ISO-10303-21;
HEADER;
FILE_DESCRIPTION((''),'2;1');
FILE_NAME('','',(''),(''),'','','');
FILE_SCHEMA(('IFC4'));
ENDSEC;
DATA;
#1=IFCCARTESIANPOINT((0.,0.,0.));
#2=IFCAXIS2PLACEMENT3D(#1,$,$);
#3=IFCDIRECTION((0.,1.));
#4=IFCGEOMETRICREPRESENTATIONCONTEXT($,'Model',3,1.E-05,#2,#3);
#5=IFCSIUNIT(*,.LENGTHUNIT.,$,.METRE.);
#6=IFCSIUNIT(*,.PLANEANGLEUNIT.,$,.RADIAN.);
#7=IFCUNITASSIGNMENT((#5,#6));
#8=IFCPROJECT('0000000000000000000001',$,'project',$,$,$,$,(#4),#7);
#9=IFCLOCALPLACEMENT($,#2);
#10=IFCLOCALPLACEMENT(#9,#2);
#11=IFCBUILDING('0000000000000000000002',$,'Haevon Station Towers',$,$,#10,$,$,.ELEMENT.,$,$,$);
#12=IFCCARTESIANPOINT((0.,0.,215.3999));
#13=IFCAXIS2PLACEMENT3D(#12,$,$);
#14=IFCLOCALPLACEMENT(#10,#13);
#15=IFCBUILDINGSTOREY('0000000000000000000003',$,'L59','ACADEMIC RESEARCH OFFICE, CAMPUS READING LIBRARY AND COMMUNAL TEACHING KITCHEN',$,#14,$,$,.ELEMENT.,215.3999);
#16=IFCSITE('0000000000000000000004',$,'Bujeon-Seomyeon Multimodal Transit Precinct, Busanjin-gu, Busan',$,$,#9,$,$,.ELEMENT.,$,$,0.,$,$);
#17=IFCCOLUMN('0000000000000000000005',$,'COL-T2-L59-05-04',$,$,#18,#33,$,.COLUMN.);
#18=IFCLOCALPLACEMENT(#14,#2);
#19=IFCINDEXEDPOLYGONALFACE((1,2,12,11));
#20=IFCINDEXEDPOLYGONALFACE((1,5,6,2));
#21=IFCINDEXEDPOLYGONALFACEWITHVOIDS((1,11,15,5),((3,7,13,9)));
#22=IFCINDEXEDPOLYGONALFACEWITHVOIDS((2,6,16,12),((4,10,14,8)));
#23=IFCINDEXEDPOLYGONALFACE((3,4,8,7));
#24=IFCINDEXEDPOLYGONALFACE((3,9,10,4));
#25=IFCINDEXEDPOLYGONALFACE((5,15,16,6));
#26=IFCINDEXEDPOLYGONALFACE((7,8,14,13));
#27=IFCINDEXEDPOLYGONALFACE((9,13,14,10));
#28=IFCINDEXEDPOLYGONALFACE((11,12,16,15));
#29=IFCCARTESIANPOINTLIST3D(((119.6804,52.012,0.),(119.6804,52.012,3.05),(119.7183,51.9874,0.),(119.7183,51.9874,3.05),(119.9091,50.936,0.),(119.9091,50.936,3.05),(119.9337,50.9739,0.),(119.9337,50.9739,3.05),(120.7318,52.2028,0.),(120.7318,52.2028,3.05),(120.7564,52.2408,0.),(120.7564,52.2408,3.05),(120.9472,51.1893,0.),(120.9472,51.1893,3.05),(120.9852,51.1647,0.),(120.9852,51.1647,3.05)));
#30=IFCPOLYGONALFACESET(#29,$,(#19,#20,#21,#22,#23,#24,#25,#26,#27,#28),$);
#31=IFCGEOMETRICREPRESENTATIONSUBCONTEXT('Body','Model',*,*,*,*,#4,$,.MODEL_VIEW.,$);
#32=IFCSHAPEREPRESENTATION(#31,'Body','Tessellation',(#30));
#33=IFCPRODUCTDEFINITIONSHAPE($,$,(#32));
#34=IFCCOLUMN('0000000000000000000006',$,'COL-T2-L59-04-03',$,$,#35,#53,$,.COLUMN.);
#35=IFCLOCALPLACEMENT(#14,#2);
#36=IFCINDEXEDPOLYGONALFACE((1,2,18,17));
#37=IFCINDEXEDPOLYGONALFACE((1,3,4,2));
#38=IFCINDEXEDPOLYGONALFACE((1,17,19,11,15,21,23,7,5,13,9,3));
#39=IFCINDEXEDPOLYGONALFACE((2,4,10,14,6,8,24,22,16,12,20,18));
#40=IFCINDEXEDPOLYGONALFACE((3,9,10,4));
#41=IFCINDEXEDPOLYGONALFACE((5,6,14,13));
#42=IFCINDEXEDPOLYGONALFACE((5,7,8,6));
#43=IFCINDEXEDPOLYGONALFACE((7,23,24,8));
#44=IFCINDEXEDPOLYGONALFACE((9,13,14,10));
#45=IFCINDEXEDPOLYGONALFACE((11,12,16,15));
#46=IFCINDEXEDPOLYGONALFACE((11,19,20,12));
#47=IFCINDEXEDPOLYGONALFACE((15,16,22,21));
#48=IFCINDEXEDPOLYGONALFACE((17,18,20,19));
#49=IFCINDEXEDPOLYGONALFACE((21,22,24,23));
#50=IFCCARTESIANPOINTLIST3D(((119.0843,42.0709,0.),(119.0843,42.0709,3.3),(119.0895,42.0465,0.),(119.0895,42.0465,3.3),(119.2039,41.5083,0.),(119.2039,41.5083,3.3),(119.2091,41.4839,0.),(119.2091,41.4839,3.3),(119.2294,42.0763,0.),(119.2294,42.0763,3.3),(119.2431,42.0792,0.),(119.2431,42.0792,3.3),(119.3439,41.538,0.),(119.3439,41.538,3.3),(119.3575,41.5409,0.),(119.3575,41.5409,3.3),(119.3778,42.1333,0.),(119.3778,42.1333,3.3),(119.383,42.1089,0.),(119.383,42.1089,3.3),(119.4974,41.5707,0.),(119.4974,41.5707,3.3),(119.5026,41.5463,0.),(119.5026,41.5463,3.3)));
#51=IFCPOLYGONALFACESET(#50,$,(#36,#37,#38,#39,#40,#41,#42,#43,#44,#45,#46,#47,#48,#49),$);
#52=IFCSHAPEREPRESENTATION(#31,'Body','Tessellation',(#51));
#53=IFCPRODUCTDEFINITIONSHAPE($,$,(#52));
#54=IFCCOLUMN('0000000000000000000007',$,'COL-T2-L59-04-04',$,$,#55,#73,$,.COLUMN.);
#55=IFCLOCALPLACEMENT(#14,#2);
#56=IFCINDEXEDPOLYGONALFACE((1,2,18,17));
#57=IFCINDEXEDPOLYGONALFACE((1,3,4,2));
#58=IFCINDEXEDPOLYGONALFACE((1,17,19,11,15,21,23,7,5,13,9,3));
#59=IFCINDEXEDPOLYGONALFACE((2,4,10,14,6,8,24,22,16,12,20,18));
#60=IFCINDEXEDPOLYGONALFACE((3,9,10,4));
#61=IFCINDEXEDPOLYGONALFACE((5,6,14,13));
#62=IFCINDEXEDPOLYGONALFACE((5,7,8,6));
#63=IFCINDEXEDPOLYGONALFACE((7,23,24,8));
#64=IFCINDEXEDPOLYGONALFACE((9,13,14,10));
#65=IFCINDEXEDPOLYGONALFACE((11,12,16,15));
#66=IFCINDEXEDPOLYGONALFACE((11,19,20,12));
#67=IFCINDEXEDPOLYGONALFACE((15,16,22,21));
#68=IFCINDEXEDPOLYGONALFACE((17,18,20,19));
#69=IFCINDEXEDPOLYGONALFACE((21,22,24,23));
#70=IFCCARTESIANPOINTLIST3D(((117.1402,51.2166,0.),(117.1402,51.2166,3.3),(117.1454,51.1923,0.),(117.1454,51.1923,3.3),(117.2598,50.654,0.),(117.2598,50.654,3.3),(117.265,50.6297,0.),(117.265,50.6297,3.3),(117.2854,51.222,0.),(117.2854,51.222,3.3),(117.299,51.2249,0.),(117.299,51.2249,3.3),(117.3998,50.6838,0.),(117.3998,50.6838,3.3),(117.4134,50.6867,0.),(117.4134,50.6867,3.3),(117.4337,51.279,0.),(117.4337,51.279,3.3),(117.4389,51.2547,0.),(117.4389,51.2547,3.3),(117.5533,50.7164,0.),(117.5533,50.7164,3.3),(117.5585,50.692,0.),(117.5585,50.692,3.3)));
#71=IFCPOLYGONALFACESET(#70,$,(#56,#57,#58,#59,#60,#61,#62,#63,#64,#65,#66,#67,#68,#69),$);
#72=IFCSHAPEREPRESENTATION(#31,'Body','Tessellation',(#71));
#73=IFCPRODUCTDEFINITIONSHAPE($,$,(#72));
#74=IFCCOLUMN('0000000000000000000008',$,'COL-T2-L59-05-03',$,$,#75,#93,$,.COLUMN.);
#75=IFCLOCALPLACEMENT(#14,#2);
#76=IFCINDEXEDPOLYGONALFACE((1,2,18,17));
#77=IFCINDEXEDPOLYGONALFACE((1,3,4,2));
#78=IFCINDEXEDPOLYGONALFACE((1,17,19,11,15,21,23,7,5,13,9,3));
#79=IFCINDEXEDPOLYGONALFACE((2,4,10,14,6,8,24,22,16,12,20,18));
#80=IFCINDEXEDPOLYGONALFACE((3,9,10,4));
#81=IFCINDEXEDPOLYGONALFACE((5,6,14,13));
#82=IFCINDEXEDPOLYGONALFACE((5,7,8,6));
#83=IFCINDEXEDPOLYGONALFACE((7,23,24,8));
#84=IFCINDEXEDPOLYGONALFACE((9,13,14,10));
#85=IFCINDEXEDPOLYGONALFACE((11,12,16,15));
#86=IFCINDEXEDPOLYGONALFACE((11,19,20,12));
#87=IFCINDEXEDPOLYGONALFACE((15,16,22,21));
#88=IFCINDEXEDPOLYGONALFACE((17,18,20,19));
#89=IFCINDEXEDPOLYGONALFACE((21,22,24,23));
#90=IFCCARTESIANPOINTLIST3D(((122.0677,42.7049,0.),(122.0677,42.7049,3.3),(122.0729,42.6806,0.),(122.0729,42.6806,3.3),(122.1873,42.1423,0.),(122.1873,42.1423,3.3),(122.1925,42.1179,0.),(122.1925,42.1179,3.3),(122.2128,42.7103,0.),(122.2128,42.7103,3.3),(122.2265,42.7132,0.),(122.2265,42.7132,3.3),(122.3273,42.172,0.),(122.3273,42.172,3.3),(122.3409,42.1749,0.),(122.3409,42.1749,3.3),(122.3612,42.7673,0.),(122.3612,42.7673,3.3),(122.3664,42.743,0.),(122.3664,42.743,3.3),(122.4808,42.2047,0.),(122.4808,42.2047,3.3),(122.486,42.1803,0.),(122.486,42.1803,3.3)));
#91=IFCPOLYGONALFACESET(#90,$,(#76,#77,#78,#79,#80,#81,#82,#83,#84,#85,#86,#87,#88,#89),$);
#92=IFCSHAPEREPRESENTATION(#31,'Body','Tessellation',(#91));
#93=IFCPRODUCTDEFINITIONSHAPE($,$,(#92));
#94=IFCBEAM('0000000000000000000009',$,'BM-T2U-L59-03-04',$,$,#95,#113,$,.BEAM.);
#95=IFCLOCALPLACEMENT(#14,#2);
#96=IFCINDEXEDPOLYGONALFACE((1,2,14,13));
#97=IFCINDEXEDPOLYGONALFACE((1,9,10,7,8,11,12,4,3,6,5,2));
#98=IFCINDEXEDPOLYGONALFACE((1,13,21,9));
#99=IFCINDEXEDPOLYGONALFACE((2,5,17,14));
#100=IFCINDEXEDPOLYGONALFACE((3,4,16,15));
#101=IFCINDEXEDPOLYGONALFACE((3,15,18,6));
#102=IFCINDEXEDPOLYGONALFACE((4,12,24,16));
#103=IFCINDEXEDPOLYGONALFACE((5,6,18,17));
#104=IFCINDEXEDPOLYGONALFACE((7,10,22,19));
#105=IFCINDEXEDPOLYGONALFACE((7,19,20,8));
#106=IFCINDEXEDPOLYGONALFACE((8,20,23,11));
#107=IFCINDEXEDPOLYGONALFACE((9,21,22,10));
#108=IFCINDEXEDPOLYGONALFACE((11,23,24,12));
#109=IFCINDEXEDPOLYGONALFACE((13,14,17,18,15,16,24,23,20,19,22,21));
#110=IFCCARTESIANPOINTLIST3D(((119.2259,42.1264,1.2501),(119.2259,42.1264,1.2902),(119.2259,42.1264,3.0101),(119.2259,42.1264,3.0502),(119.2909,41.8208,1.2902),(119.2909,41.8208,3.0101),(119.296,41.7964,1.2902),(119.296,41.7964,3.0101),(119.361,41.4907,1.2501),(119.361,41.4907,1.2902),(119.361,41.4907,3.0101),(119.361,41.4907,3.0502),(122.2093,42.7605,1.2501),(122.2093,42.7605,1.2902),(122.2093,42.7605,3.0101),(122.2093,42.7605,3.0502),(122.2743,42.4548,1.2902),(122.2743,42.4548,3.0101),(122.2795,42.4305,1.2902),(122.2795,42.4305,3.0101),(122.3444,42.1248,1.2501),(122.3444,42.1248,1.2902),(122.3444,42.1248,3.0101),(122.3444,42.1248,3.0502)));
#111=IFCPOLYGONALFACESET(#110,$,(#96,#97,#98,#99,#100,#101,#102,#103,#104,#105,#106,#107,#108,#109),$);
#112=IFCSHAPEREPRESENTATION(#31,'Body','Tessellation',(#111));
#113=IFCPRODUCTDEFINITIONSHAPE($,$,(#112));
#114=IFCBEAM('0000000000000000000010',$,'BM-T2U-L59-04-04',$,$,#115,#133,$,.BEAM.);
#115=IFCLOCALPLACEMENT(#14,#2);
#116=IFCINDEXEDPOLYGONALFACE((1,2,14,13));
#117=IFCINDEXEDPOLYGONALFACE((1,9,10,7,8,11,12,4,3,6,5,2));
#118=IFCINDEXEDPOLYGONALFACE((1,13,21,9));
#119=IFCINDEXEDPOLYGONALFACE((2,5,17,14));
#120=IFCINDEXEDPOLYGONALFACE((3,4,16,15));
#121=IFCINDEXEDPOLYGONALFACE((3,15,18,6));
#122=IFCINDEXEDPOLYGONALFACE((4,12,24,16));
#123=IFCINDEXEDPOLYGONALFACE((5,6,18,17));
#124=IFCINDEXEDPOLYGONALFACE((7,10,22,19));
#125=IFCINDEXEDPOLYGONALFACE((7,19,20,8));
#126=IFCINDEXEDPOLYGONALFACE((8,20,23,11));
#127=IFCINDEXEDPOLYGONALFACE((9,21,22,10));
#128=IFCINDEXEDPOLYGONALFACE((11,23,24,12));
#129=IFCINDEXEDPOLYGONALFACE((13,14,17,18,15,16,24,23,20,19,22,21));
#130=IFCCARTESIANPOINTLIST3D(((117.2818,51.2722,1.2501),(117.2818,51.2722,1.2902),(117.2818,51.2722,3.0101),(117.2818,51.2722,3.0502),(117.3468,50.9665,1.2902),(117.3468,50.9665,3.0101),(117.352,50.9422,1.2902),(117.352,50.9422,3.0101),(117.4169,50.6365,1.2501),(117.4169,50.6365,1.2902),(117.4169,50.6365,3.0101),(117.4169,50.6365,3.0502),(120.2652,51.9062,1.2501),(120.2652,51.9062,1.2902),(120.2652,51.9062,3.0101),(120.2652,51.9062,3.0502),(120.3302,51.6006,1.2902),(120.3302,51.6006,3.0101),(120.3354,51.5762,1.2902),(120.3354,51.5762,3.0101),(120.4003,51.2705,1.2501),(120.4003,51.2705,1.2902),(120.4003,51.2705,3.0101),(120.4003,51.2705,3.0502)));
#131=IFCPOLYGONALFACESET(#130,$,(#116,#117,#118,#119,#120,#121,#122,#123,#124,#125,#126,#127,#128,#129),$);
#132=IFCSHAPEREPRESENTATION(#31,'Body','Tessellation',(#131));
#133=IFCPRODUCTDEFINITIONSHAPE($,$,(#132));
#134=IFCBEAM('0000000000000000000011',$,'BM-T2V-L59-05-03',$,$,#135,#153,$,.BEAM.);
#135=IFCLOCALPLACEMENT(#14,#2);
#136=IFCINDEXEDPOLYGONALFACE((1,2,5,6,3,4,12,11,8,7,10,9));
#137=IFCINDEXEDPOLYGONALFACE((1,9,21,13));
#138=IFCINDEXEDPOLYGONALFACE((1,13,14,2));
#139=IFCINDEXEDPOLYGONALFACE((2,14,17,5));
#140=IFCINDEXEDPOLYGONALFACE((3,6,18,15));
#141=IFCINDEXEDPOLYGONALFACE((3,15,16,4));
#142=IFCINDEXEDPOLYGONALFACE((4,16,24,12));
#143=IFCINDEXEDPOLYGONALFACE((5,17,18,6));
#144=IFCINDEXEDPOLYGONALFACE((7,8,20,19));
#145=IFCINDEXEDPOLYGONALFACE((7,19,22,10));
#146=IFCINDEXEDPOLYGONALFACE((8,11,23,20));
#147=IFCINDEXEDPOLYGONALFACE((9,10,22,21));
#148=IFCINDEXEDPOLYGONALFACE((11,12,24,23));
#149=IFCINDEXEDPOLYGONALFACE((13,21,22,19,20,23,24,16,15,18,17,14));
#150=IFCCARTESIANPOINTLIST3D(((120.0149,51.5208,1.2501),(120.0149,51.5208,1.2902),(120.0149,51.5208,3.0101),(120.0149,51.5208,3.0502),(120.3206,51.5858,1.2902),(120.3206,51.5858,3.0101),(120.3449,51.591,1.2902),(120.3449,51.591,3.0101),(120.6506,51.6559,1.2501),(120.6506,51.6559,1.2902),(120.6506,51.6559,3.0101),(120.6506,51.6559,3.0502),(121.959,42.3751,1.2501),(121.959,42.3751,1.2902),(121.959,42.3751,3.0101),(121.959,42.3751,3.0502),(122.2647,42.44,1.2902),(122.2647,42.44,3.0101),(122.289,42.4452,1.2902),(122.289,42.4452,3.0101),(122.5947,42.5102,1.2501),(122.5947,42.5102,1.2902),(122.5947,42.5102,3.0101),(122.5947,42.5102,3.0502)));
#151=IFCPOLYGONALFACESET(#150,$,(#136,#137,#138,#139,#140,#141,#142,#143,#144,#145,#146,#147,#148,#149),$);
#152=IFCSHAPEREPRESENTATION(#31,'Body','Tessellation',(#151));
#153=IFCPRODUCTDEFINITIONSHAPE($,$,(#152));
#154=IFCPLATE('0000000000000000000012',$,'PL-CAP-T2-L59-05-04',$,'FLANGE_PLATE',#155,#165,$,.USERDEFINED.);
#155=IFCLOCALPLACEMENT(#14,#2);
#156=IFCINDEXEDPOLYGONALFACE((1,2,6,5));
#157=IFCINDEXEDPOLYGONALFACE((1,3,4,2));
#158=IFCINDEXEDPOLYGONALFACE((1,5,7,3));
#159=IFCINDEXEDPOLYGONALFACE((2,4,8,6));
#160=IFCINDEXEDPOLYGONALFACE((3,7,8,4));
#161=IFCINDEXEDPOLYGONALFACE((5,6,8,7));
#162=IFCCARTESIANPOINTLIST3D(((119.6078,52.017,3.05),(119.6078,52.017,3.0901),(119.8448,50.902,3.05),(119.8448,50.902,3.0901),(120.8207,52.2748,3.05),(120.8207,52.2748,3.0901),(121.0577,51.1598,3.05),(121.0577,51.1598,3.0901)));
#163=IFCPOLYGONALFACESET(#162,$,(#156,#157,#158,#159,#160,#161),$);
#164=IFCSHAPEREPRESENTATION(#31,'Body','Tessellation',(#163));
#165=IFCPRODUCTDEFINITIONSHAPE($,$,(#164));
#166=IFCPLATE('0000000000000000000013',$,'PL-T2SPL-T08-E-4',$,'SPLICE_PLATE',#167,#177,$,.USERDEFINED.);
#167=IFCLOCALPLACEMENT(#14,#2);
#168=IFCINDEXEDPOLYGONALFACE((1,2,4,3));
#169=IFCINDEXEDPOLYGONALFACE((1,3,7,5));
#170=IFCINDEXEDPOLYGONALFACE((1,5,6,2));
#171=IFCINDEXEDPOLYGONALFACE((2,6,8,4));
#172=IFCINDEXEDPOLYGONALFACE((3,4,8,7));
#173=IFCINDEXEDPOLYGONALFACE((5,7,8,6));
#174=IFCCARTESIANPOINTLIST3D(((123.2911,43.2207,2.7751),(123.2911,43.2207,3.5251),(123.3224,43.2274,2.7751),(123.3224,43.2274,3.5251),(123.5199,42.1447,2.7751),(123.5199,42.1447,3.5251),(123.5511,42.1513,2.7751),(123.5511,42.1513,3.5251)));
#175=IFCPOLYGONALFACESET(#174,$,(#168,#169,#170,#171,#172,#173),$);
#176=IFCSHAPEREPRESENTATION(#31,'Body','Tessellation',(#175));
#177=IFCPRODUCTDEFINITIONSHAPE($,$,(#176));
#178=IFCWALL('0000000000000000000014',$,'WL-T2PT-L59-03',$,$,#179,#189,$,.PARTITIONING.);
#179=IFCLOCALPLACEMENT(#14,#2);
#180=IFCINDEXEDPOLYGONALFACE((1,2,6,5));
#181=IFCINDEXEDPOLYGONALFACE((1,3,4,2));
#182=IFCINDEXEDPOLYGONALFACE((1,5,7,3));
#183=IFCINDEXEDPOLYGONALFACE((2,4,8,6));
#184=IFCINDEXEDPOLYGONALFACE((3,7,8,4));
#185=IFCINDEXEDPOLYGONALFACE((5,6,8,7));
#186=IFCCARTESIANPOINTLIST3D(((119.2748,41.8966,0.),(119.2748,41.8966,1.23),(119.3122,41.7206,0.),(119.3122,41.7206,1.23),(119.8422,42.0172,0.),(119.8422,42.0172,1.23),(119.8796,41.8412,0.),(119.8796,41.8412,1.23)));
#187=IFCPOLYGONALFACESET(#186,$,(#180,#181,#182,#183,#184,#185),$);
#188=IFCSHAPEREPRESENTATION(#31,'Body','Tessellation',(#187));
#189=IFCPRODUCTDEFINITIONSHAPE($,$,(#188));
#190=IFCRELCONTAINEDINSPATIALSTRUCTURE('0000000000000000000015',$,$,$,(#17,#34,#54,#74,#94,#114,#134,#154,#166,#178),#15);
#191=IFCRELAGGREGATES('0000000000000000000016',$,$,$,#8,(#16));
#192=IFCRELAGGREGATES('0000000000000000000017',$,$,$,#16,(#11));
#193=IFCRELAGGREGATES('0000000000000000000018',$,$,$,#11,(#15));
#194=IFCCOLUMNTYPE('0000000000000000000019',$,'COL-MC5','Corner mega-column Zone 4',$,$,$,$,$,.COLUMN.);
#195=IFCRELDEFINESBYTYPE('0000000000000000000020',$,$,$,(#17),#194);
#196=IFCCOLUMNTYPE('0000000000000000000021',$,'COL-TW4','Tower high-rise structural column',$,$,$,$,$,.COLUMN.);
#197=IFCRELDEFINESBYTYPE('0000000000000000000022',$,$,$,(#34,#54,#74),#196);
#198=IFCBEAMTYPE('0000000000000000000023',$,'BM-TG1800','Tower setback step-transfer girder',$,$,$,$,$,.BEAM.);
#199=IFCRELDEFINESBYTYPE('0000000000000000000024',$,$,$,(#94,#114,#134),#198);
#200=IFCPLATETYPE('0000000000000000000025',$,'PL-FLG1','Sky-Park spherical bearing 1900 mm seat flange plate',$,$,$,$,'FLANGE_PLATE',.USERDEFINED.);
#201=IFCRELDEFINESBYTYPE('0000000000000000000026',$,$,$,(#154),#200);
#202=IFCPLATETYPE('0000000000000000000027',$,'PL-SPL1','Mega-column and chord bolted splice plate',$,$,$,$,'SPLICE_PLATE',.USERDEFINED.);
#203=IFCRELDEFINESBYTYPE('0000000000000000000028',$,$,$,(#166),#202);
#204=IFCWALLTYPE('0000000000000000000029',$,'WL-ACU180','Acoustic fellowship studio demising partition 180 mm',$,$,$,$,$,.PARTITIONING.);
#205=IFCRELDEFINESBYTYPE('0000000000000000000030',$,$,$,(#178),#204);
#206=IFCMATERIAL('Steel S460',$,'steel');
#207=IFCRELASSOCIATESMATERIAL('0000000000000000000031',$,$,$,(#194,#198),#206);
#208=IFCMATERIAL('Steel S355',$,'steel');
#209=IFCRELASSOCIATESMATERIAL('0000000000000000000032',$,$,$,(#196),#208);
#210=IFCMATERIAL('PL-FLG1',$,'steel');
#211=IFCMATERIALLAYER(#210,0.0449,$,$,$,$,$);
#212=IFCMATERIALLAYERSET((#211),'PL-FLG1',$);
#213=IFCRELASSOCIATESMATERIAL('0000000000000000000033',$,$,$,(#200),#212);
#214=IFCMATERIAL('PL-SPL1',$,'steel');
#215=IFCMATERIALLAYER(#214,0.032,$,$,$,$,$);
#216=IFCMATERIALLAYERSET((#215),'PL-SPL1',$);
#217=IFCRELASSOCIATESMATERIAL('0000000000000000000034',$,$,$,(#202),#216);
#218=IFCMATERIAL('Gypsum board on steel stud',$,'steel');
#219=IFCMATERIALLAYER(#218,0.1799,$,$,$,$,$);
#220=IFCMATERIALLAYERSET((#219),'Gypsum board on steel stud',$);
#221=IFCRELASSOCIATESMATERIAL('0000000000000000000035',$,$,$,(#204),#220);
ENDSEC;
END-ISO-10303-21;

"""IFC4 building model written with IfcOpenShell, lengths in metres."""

from ifc_helpers import new_model, si_unit, direction, frame, frame_2d, origin, origin_2d, place, context, subcontext, project, spatial, rectangle, hollow_rectangle, i_section, extrude, material, layer, layer_set, material_profile, profile_set, type_object, element, save


model = new_model("IFC4")

# Units and contexts
model_context = context("Model", 3, precision=1e-05, world=origin(), true_north=direction((0.0, 1.0)))
body_context = subcontext(model_context, "Body", "Model", "MODEL_VIEW")
ifc_project = project(units=[si_unit("LENGTHUNIT", "METRE"), si_unit("PLANEANGLEUNIT", "RADIAN")], contexts=[model_context])

# Site, building, storey
site_placement = place(None, origin())
site = spatial("IfcSite", under=ifc_project, at=site_placement, Name="Bujeon-Seomyeon Multimodal Transit Precinct, Busanjin-gu, Busan", CompositionType="ELEMENT", RefElevation=0.0)
building_placement = place(site_placement, origin())
building = spatial("IfcBuilding", under=site, at=building_placement, Name="Haevon Station Towers", CompositionType="ELEMENT")
storey_placement = place(building_placement, frame((0.0, 0.0, 215.3999)))
storey = spatial("IfcBuildingStorey", under=building, at=storey_placement, Name="L59", Description="ACADEMIC RESEARCH OFFICE, CAMPUS READING LIBRARY AND COMMUNAL TEACHING KITCHEN", CompositionType="ELEMENT", Elevation=215.3999)

# Columns
ifc_material_1 = material(Name="Steel S460", Category="steel")
ifc_material_profile_1 = material_profile(ifc_material_1, hollow_rectangle(XDim=1.1001, YDim=1.1001, WallThickness=0.032, at=origin_2d()), Name="BOX-1100x1100x32")
ifc_profile_set_1 = profile_set([ifc_material_profile_1], Name="Steel S460")
column_type_1 = type_object("IfcColumnType", Name="COL-MC5", Description="Corner mega-column Zone 4", PredefinedType="COLUMN", material=ifc_profile_set_1)
column_placement = place(storey_placement, frame((120.3328, 51.5884, 0.0), z_axis=(0.0, 0.0, 1.0), x_axis=(0.978148, 0.207912, 0.0)))
element("IfcColumn", 1, at=column_placement, inside=storey, type_object=column_type_1, Name="COL-T2-L59-05-04", PredefinedType="COLUMN", context=body_context, shape_type="SweptSolid", body=[
    extrude(hollow_rectangle(XDim=1.1001, YDim=1.1001, WallThickness=0.032, at=origin_2d()), origin(), (0.0, 0.0, 1.0), 3.05),
])
ifc_material_2 = material(Name="Steel S355", Category="steel")
ifc_material_profile_2 = material_profile(ifc_material_2, i_section(OverallWidth=0.3, OverallDepth=0.6001, WebThickness=0.0139, FlangeThickness=0.0249, at=origin_2d()), Name="H-600x300x14x25")
ifc_profile_set_2 = profile_set([ifc_material_profile_2], Name="Steel S355")
column_type_2 = type_object("IfcColumnType", Name="COL-TW4", Description="Tower high-rise structural column", PredefinedType="COLUMN", material=ifc_profile_set_2)
for number, where, z_axis, x_axis, name in (
    (2, (119.2935, 41.8086, 0.0), (0.0, 0.0, 1.0), (0.978148, 0.207912, 0.0), "COL-T2-L59-04-03"),
    (3, (117.3494, 50.9543, 0.0), (0.0, 0.0, 1.0), (0.978148, 0.207912, 0.0), "COL-T2-L59-04-04"),
    (4, (122.2769, 42.4426, 0.0), (0.0, 0.0, 1.0), (0.978148, 0.207912, 0.0), "COL-T2-L59-05-03"),
):
    element("IfcColumn", number, at=place(storey_placement, frame(where, z_axis=z_axis, x_axis=x_axis)), inside=storey, type_object=column_type_2, Name=name, PredefinedType="COLUMN", context=body_context, shape_type="SweptSolid", body=[
        extrude(i_section(OverallWidth=0.3, OverallDepth=0.6001, WebThickness=0.0139, FlangeThickness=0.0249, at=origin_2d()), origin(), (0.0, 0.0, 1.0), 3.3),
    ])

# Beams
ifc_material_profile_3 = material_profile(ifc_material_1, i_section(OverallWidth=0.6499, OverallDepth=1.8, WebThickness=0.0249, FlangeThickness=0.04, at=origin_2d()), Name="H-1800x650x25x40")
ifc_profile_set_3 = profile_set([ifc_material_profile_3], Name="Steel S460")
beam_type = type_object("IfcBeamType", Name="BM-TG1800", Description="Tower setback step-transfer girder", PredefinedType="BEAM", material=ifc_profile_set_3)
for number, where, z_axis, x_axis, name in (
    (5, (119.2935, 41.8086, 2.1501), (0.978155, 0.207878, 0.0), (-0.207878, 0.978155, 0.0), "BM-T2U-L59-03-04"),
    (6, (117.3494, 50.9543, 2.1501), (0.978155, 0.207878, 0.0), (-0.207878, 0.978155, 0.0), "BM-T2U-L59-04-04"),
):
    element("IfcBeam", number, at=place(storey_placement, frame(where, z_axis=z_axis, x_axis=x_axis)), inside=storey, type_object=beam_type, Name=name, PredefinedType="BEAM", context=body_context, shape_type="SweptSolid", body=[
        extrude(i_section(OverallWidth=0.6499, OverallDepth=1.8, WebThickness=0.0249, FlangeThickness=0.04, at=origin_2d()), origin(), (0.0, 0.0, 1.0), 3.05),
    ])
beam_placement = place(storey_placement, frame((122.2769, 42.4426, 2.1501), z_axis=(-0.207922, 0.978145, 0.0), x_axis=(-0.978145, -0.207922, 0.0)))
element("IfcBeam", 7, at=beam_placement, inside=storey, type_object=beam_type, Name="BM-T2V-L59-05-03", PredefinedType="BEAM", context=body_context, shape_type="SweptSolid", body=[
    extrude(i_section(OverallWidth=0.6499, OverallDepth=1.8, WebThickness=0.0249, FlangeThickness=0.04, at=origin_2d()), origin(), (0.0, 0.0, 1.0), 9.3501),
])

# Plates
ifc_material_3 = material(Name="PL-FLG1", Category="steel")
ifc_layer_1 = layer(ifc_material_3, 0.0449)
ifc_layer_set_1 = layer_set([ifc_layer_1], Name="PL-FLG1")
plate_type_1 = type_object("IfcPlateType", Name="PL-FLG1", Description="Sky-Park spherical bearing 1900 mm seat flange plate", ElementType="FLANGE_PLATE", PredefinedType="USERDEFINED", material=ifc_layer_set_1)
plate_1_placement = place(storey_placement, frame((120.3328, 51.5884, 3.05), z_axis=(0.0, 0.0, 1.0), x_axis=(0.978148, 0.207912, 0.0)))
element("IfcPlate", 8, at=plate_1_placement, inside=storey, type_object=plate_type_1, Name="PL-CAP-T2-L59-05-04", ObjectType="FLANGE_PLATE", PredefinedType="USERDEFINED", context=body_context, shape_type="SweptSolid", body=[
    extrude(rectangle(XDim=1.24, YDim=1.1399, at=origin_2d()), origin(), (0.0, 0.0, 1.0), 0.04),
])
ifc_material_4 = material(Name="PL-SPL1", Category="steel")
ifc_layer_2 = layer(ifc_material_4, 0.032)
ifc_layer_set_2 = layer_set([ifc_layer_2], Name="PL-SPL1")
plate_type_2 = type_object("IfcPlateType", Name="PL-SPL1", Description="Mega-column and chord bolted splice plate", ElementType="SPLICE_PLATE", PredefinedType="USERDEFINED", material=ifc_layer_set_2)
plate_2_placement = place(storey_placement, frame((123.4211, 42.686, 2.7751), z_axis=(0.0, 0.0, 1.0), x_axis=(-0.207912, 0.978148, 0.0)))
element("IfcPlate", 9, at=plate_2_placement, inside=storey, type_object=plate_type_2, Name="PL-T2SPL-T08-E-4", ObjectType="SPLICE_PLATE", PredefinedType="USERDEFINED", context=body_context, shape_type="SweptSolid", body=[
    extrude(rectangle(XDim=1.1001, YDim=0.032, at=origin_2d()), origin(), (0.0, 0.0, 1.0), 0.75),
])

# Wall
ifc_material_5 = material(Name="Gypsum board on steel stud", Category="steel")
ifc_layer_3 = layer(ifc_material_5, 0.1799)
ifc_layer_set_3 = layer_set([ifc_layer_3], Name="Gypsum board on steel stud")
wall_type_1 = type_object("IfcWallType", Name="WL-ACU180", Description="Acoustic fellowship studio demising partition 180 mm", PredefinedType="PARTITIONING", material=ifc_layer_set_3)
wall_1_placement = place(storey_placement, frame((119.2935, 41.8086, 0.0), z_axis=(0.0, 0.0, 1.0), x_axis=(0.978146, 0.207919, 0.0)))
element("IfcWall", 10, at=wall_1_placement, inside=storey, type_object=wall_type_1, Name="WL-T2PT-L59-03", PredefinedType="PARTITIONING", context=body_context, shape_type="SweptSolid", body=[
    extrude(rectangle(XDim=0.5801, YDim=0.1799, at=frame_2d((0.29, 0.0))), origin(), (0.0, 0.0, 1.0), 1.23),
])

save(model, "model.ifc")
